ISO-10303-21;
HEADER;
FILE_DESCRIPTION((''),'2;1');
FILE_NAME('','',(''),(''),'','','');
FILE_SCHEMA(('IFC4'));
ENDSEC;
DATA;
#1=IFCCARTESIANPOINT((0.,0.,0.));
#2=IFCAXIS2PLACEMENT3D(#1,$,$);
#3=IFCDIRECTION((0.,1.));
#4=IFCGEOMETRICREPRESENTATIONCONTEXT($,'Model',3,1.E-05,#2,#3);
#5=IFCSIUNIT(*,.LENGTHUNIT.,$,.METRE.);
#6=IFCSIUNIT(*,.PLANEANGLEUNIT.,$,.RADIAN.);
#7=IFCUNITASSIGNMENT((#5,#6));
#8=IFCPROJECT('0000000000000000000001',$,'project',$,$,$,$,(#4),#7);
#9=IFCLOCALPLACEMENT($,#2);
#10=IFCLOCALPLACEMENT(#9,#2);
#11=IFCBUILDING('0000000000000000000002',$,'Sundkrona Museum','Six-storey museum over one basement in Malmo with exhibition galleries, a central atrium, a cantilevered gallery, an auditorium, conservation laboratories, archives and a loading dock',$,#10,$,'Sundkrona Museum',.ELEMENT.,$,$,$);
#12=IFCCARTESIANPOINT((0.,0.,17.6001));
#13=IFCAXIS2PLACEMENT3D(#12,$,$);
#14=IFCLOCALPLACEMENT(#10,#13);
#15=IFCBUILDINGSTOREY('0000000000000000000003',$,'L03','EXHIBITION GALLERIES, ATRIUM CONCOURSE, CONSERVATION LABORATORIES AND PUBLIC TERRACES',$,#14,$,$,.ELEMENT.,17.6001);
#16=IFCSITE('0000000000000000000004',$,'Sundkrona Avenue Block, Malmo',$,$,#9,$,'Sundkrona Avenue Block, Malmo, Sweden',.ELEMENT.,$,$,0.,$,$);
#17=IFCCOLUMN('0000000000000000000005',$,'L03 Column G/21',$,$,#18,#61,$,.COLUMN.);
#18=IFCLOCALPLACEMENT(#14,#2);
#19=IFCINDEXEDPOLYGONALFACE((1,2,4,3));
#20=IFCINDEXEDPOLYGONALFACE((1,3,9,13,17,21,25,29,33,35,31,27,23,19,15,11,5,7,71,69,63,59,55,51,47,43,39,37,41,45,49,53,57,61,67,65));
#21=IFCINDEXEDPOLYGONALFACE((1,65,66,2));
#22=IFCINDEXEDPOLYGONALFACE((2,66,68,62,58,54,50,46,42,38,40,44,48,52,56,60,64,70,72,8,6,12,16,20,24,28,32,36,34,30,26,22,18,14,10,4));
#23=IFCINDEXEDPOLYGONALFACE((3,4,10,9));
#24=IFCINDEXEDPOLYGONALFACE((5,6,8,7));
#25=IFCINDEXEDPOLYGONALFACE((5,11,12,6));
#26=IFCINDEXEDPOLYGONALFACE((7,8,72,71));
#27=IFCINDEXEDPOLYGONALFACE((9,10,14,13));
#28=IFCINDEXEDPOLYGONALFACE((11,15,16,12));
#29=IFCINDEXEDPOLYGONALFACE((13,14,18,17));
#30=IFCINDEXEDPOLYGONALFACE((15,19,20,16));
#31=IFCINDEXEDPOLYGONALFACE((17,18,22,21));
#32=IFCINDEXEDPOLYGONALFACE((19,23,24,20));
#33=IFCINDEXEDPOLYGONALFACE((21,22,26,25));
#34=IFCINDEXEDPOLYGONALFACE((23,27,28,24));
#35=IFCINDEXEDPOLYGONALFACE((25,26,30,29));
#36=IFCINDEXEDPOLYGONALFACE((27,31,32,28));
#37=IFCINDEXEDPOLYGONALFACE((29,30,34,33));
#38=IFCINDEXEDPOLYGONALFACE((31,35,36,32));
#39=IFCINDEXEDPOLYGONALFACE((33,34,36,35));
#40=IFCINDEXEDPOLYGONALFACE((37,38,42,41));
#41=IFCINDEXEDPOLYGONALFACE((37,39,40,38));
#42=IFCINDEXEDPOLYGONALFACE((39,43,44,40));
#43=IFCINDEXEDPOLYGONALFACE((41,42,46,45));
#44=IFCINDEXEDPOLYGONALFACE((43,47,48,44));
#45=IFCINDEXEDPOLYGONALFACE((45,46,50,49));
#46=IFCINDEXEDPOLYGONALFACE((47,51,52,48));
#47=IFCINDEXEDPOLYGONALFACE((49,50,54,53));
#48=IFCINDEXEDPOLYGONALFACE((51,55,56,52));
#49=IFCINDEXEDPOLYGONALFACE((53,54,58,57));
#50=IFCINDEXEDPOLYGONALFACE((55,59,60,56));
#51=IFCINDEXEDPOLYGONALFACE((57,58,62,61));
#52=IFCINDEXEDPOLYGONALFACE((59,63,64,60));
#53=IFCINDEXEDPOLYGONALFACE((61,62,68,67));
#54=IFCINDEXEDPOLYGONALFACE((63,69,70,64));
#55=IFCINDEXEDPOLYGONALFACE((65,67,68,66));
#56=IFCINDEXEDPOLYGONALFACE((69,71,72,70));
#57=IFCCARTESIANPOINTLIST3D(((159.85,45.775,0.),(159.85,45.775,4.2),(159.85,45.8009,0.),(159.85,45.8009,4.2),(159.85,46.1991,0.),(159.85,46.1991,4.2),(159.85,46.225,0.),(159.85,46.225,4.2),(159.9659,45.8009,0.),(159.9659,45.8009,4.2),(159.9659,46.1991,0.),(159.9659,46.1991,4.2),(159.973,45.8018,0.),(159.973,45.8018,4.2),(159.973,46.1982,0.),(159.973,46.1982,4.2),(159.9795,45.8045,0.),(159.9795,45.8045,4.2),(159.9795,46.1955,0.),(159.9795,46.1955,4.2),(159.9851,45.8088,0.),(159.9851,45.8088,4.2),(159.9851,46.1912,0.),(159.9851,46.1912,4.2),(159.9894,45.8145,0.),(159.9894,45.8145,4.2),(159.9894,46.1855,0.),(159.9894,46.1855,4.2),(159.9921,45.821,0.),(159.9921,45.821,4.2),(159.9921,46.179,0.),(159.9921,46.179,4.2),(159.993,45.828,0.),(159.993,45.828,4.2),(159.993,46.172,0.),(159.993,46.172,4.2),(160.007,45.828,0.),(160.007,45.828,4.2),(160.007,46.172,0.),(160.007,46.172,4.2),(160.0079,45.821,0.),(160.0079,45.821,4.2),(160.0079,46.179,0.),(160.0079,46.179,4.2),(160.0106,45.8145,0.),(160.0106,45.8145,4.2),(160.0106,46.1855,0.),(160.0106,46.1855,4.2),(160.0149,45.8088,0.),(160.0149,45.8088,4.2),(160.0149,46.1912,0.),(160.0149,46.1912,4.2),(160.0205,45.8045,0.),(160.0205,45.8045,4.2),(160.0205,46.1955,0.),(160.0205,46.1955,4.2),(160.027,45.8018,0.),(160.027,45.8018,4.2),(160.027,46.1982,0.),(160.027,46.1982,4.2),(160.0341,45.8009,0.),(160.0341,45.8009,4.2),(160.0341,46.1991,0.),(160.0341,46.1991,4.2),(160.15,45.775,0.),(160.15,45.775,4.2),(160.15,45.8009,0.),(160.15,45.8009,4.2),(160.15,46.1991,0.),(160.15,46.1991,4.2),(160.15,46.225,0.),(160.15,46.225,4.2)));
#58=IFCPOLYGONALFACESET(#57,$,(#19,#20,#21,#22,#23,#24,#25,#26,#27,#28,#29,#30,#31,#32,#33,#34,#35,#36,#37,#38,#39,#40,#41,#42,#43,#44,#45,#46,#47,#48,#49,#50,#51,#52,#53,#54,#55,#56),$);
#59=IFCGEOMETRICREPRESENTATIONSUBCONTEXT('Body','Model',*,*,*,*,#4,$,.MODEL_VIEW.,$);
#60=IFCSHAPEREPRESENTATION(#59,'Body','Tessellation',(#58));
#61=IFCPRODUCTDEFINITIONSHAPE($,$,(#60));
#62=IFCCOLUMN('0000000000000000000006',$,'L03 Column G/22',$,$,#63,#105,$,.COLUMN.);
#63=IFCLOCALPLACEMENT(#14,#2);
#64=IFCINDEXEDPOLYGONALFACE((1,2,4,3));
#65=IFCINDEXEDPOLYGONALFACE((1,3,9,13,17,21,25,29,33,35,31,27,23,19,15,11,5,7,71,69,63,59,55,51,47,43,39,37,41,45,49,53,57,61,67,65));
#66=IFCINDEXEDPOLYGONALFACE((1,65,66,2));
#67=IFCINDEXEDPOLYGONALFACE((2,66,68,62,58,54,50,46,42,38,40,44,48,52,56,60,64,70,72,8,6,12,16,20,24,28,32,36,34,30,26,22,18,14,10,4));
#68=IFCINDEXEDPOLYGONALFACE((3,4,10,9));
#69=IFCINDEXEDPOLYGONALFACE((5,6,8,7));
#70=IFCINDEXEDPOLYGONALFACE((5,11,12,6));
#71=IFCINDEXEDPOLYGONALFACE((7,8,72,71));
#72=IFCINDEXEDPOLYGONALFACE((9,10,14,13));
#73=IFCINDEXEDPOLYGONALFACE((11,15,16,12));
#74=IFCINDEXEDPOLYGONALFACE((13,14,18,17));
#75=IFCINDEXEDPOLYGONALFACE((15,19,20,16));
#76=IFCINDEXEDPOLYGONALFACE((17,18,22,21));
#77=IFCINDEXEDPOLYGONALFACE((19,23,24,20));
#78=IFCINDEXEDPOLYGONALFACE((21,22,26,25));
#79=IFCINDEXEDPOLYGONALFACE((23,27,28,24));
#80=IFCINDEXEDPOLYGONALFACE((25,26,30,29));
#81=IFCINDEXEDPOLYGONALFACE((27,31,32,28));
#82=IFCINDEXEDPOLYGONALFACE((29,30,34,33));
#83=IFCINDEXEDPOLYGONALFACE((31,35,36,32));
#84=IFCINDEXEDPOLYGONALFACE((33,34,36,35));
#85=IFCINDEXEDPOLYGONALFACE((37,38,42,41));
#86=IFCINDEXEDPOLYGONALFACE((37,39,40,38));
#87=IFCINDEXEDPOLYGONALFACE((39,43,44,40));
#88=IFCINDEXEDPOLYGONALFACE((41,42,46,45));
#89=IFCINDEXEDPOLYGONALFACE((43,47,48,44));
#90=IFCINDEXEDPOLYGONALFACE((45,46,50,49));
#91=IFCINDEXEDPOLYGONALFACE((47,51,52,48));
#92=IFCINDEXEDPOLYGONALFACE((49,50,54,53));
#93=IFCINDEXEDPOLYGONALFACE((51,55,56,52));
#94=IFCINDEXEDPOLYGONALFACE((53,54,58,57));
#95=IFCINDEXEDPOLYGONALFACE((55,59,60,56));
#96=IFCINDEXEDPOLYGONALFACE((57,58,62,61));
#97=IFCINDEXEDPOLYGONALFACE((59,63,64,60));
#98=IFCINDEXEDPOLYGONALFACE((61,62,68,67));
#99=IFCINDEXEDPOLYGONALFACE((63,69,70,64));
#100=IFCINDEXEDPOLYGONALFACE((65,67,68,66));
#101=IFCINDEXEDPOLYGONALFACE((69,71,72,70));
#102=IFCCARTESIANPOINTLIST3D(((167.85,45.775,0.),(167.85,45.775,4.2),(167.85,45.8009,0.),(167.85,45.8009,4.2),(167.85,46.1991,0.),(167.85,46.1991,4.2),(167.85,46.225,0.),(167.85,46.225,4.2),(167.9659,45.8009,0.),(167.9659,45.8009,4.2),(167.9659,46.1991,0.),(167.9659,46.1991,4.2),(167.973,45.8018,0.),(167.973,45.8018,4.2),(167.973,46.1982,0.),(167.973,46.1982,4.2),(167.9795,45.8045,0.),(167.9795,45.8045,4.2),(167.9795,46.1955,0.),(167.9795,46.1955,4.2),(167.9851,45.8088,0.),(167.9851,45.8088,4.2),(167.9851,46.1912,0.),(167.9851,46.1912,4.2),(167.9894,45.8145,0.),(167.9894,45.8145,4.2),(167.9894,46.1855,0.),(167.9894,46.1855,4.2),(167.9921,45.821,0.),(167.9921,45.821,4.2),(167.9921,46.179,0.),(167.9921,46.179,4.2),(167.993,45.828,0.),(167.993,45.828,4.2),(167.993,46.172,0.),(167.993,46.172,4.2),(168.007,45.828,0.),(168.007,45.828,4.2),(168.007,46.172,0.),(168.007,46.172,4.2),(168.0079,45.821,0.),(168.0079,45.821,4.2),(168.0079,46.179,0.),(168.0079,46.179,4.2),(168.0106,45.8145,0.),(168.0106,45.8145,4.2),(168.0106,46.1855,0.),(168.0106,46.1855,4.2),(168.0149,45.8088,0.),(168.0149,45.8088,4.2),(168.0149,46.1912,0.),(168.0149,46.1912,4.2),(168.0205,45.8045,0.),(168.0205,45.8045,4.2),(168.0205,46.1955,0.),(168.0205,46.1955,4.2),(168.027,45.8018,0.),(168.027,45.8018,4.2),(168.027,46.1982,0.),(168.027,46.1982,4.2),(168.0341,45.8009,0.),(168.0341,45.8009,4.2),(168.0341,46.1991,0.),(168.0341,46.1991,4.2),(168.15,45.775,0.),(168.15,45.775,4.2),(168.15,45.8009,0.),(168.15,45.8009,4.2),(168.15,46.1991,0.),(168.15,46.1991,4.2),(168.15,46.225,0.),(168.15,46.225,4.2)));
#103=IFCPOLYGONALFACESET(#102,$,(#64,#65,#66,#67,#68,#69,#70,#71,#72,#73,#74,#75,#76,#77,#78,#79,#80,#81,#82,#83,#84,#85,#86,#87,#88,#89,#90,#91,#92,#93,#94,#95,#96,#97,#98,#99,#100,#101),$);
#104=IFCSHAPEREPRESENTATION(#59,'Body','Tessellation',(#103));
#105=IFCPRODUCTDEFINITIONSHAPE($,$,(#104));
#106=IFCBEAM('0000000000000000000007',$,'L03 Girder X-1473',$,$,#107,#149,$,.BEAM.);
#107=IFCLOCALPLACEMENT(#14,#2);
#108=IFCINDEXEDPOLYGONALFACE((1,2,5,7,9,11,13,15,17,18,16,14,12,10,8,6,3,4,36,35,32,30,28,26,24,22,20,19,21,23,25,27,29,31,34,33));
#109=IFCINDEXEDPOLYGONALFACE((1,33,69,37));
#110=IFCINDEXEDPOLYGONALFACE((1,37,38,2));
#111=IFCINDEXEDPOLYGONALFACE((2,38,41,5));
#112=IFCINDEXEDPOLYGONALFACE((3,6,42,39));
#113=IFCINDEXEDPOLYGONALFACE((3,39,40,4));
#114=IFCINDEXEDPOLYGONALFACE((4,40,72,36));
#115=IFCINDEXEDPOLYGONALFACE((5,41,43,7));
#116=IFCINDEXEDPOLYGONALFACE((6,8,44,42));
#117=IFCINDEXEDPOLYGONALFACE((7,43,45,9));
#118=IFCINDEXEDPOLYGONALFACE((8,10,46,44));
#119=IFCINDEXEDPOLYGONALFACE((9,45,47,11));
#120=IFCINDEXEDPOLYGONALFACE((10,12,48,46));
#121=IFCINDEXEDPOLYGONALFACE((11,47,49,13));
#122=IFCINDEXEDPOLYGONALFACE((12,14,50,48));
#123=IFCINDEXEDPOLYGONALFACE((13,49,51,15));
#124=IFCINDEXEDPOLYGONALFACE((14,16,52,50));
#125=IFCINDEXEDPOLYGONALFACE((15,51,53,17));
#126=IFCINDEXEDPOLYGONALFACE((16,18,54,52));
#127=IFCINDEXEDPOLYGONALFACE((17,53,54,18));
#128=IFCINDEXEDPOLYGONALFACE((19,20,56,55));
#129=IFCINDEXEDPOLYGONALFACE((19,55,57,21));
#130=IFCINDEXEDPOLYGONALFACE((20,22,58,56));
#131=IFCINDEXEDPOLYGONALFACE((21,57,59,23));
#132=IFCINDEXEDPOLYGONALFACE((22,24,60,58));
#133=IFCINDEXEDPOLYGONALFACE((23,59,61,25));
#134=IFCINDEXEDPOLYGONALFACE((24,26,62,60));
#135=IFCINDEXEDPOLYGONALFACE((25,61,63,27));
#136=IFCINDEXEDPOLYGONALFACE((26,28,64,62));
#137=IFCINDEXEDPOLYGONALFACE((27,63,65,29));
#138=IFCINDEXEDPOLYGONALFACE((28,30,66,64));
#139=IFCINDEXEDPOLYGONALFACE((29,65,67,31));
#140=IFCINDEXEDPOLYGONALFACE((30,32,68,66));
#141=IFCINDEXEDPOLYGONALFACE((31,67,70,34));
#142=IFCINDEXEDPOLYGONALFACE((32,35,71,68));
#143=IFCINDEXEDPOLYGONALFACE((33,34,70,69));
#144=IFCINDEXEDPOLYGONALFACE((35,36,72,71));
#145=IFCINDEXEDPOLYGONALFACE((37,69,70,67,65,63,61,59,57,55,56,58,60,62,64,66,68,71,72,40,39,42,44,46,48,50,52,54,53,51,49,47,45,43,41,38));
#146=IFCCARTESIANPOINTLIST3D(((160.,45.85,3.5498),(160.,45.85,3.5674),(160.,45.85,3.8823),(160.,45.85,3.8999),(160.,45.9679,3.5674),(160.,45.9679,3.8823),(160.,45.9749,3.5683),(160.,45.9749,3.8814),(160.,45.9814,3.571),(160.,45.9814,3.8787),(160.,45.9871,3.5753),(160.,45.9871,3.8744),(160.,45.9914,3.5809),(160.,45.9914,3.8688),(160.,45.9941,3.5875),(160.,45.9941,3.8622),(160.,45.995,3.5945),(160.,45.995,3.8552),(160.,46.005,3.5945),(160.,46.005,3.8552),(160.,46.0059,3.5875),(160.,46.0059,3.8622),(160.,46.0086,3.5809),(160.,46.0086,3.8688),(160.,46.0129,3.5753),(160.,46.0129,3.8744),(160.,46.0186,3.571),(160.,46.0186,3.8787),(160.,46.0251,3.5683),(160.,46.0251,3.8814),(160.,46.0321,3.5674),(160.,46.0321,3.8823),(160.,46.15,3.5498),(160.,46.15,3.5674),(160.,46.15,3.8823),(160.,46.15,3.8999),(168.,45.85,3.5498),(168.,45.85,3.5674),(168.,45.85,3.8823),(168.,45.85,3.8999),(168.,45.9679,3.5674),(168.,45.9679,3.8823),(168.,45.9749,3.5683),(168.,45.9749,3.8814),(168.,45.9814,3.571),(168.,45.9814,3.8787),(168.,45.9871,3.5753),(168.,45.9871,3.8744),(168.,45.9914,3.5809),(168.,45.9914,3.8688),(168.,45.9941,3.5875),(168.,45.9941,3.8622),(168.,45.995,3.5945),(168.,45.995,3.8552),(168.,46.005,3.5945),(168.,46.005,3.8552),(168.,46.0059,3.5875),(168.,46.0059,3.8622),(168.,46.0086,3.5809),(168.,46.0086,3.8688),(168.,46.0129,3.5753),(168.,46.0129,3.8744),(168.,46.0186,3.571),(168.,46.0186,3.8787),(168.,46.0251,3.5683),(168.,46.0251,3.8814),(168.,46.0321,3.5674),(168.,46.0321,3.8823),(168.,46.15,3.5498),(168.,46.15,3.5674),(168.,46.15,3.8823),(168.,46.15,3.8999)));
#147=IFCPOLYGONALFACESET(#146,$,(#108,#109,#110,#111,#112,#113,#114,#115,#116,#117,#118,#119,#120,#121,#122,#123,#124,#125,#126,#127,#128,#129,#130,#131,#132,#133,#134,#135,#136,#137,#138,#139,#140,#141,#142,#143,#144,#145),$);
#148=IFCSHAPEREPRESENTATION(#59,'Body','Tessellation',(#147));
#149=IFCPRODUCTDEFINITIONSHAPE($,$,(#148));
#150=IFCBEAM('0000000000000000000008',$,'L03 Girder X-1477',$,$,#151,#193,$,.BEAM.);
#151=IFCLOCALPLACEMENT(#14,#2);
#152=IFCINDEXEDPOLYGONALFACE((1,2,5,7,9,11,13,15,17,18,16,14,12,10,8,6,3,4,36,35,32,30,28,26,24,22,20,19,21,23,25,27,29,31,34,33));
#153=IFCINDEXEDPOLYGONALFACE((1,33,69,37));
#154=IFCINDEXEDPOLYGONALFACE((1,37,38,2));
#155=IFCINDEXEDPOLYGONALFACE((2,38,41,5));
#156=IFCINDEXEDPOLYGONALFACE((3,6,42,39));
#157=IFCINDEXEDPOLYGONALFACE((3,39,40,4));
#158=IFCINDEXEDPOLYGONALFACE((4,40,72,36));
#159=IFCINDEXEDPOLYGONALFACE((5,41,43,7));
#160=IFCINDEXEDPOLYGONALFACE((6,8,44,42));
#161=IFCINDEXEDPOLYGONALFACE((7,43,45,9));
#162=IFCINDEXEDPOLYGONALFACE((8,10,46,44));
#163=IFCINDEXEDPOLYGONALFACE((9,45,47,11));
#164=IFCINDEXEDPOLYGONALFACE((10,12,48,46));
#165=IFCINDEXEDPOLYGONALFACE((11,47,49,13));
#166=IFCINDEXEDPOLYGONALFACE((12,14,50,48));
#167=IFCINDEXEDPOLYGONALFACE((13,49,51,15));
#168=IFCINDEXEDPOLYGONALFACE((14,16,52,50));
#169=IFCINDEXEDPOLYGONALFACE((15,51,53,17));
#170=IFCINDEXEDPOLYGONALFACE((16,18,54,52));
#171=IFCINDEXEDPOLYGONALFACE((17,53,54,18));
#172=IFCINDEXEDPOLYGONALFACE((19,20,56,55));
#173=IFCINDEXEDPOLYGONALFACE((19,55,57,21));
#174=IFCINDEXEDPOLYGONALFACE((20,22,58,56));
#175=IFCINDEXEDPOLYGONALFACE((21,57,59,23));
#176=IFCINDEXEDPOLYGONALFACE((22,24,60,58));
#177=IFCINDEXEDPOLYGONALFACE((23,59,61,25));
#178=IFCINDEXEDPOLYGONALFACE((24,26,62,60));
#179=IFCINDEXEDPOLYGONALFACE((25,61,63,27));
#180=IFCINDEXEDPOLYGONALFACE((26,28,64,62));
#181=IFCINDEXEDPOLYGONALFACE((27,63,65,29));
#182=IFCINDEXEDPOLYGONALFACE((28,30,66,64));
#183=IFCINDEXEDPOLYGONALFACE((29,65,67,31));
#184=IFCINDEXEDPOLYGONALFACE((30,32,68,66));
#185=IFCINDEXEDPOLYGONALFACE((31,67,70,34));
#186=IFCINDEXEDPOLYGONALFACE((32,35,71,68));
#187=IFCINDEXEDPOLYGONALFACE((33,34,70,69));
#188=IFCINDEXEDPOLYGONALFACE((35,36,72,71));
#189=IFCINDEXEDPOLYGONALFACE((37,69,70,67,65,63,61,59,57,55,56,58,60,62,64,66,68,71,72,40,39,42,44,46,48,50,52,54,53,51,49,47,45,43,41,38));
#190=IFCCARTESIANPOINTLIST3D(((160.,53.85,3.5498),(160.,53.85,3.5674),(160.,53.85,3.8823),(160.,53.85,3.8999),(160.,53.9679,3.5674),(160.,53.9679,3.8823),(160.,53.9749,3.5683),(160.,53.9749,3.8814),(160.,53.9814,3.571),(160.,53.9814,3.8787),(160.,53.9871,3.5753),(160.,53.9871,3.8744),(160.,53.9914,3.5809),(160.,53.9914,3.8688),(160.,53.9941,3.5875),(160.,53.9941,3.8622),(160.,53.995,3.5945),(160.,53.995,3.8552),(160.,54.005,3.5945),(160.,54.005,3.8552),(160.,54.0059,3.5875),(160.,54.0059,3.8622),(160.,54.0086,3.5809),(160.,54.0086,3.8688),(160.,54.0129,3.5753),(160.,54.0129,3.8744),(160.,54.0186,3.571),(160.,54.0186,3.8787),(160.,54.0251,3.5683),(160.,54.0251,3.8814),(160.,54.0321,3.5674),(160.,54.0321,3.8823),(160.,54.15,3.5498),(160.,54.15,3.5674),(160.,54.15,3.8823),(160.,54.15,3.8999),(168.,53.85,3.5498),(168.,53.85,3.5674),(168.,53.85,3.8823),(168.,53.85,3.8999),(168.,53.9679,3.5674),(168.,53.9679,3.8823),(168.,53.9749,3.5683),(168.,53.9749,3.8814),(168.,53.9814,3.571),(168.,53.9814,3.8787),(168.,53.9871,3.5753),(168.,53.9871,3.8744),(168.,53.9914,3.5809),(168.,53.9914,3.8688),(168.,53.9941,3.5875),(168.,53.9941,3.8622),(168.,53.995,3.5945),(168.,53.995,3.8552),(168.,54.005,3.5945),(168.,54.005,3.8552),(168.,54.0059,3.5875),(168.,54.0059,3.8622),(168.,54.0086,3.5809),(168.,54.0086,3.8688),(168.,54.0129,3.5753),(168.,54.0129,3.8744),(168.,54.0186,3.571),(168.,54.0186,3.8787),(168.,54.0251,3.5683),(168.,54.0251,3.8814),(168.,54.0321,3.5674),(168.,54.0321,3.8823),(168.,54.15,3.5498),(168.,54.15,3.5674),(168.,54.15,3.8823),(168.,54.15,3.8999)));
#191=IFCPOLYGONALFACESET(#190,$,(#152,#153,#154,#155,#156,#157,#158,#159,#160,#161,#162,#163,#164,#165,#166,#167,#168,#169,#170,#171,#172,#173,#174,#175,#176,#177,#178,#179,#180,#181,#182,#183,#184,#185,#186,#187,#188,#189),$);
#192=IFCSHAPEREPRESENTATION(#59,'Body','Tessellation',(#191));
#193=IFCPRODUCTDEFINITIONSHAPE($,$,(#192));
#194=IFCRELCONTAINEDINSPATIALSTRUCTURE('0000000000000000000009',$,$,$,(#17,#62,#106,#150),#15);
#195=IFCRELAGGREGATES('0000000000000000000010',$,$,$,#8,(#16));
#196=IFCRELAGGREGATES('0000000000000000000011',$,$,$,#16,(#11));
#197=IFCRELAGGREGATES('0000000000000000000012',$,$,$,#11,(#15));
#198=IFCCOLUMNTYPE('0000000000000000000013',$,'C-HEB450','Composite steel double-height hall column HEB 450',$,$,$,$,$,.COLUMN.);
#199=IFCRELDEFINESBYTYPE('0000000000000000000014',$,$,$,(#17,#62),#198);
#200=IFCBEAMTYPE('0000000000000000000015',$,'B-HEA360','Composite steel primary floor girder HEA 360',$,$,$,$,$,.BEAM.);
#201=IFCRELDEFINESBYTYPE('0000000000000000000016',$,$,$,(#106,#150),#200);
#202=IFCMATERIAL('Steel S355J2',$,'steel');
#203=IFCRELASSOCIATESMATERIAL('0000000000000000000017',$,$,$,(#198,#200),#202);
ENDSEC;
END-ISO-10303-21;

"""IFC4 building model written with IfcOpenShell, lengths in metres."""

from ifc_helpers import new_model, si_unit, direction, frame, origin, origin_2d, place, context, subcontext, project, spatial, i_section, extrude, material, material_profile, profile_set, type_object, element, save


model = new_model("IFC4")

# Units and contexts
model_context = context("Model", 3, precision=1e-05, world=origin(), true_north=direction((0.0, 1.0)))
body_context = subcontext(model_context, "Body", "Model", "MODEL_VIEW")
ifc_project = project(units=[si_unit("LENGTHUNIT", "METRE"), si_unit("PLANEANGLEUNIT", "RADIAN")], contexts=[model_context])

# Site, building, storey
site_placement = place(None, origin())
site = spatial("IfcSite", under=ifc_project, at=site_placement, Name="Sundkrona Avenue Block, Malmo", LongName="Sundkrona Avenue Block, Malmo, Sweden", CompositionType="ELEMENT", RefElevation=0.0)
building_placement = place(site_placement, origin())
building = spatial("IfcBuilding", under=site, at=building_placement, Name="Sundkrona Museum", Description="Six-storey museum over one basement in Malmo with exhibition galleries, a central atrium, a cantilevered gallery, an auditorium, conservation laboratories, archives and a loading dock", LongName="Sundkrona Museum", CompositionType="ELEMENT")
storey_placement = place(building_placement, frame((0.0, 0.0, 17.6001)))
storey = spatial("IfcBuildingStorey", under=building, at=storey_placement, Name="L03", Description="EXHIBITION GALLERIES, ATRIUM CONCOURSE, CONSERVATION LABORATORIES AND PUBLIC TERRACES", CompositionType="ELEMENT", Elevation=17.6001)

# Columns
ifc_material_1 = material(Name="Steel S355J2", Category="steel")
ifc_material_profile_1 = material_profile(ifc_material_1, i_section(OverallWidth=0.3, OverallDepth=0.45, WebThickness=0.0139, FlangeThickness=0.0259, FilletRadius=0.0271, at=origin_2d()), Name="HEB 450")
ifc_profile_set_1 = profile_set([ifc_material_profile_1], Name="Steel S355J2")
column_type_1 = type_object("IfcColumnType", Name="C-HEB450", Description="Composite steel double-height hall column HEB 450", PredefinedType="COLUMN", material=ifc_profile_set_1)
for number, where, z_axis, x_axis, name in (
    (1, (160.0, 46.0, 0.0), (0.0, 0.0, 1.0), (1.0, 0.0, 0.0), "L03 Column G/21"),
    (2, (168.0, 46.0, 0.0), (0.0, 0.0, 1.0), (1.0, 0.0, 0.0), "L03 Column G/22"),
):
    element("IfcColumn", number, at=place(storey_placement, frame(where, z_axis=z_axis, x_axis=x_axis)), inside=storey, type_object=column_type_1, Name=name, PredefinedType="COLUMN", context=body_context, shape_type="SweptSolid", body=[
        extrude(i_section(OverallWidth=0.3, OverallDepth=0.45, WebThickness=0.0139, FlangeThickness=0.0259, FilletRadius=0.0271, at=origin_2d()), origin(), (0.0, 0.0, 1.0), 4.2),
    ])

# Beams
ifc_material_profile_2 = material_profile(ifc_material_1, i_section(OverallWidth=0.3, OverallDepth=0.3501, WebThickness=0.01, FlangeThickness=0.0176, FilletRadius=0.0271, at=origin_2d()), Name="HEA 360")
ifc_profile_set_2 = profile_set([ifc_material_profile_2], Name="Steel S355J2")
beam_type_1 = type_object("IfcBeamType", Name="B-HEA360", Description="Composite steel primary floor girder HEA 360", PredefinedType="BEAM", material=ifc_profile_set_2)
for number, where, z_axis, x_axis, name in (
    (3, (160.0, 46.0, 3.7249), (1.0, 0.0, 0.0), (0.0, 1.0, 0.0), "L03 Girder X-1473"),
    (4, (160.0, 54.0, 3.7249), (1.0, 0.0, 0.0), (0.0, 1.0, 0.0), "L03 Girder X-1477"),
):
    element("IfcBeam", number, at=place(storey_placement, frame(where, z_axis=z_axis, x_axis=x_axis)), inside=storey, type_object=beam_type_1, Name=name, PredefinedType="BEAM", context=body_context, shape_type="SweptSolid", body=[
        extrude(i_section(OverallWidth=0.3, OverallDepth=0.3501, WebThickness=0.01, FlangeThickness=0.0176, FilletRadius=0.0271, at=origin_2d()), origin(), (0.0, 0.0, 1.0), 8.0),
    ])

save(model, "model.ifc")
